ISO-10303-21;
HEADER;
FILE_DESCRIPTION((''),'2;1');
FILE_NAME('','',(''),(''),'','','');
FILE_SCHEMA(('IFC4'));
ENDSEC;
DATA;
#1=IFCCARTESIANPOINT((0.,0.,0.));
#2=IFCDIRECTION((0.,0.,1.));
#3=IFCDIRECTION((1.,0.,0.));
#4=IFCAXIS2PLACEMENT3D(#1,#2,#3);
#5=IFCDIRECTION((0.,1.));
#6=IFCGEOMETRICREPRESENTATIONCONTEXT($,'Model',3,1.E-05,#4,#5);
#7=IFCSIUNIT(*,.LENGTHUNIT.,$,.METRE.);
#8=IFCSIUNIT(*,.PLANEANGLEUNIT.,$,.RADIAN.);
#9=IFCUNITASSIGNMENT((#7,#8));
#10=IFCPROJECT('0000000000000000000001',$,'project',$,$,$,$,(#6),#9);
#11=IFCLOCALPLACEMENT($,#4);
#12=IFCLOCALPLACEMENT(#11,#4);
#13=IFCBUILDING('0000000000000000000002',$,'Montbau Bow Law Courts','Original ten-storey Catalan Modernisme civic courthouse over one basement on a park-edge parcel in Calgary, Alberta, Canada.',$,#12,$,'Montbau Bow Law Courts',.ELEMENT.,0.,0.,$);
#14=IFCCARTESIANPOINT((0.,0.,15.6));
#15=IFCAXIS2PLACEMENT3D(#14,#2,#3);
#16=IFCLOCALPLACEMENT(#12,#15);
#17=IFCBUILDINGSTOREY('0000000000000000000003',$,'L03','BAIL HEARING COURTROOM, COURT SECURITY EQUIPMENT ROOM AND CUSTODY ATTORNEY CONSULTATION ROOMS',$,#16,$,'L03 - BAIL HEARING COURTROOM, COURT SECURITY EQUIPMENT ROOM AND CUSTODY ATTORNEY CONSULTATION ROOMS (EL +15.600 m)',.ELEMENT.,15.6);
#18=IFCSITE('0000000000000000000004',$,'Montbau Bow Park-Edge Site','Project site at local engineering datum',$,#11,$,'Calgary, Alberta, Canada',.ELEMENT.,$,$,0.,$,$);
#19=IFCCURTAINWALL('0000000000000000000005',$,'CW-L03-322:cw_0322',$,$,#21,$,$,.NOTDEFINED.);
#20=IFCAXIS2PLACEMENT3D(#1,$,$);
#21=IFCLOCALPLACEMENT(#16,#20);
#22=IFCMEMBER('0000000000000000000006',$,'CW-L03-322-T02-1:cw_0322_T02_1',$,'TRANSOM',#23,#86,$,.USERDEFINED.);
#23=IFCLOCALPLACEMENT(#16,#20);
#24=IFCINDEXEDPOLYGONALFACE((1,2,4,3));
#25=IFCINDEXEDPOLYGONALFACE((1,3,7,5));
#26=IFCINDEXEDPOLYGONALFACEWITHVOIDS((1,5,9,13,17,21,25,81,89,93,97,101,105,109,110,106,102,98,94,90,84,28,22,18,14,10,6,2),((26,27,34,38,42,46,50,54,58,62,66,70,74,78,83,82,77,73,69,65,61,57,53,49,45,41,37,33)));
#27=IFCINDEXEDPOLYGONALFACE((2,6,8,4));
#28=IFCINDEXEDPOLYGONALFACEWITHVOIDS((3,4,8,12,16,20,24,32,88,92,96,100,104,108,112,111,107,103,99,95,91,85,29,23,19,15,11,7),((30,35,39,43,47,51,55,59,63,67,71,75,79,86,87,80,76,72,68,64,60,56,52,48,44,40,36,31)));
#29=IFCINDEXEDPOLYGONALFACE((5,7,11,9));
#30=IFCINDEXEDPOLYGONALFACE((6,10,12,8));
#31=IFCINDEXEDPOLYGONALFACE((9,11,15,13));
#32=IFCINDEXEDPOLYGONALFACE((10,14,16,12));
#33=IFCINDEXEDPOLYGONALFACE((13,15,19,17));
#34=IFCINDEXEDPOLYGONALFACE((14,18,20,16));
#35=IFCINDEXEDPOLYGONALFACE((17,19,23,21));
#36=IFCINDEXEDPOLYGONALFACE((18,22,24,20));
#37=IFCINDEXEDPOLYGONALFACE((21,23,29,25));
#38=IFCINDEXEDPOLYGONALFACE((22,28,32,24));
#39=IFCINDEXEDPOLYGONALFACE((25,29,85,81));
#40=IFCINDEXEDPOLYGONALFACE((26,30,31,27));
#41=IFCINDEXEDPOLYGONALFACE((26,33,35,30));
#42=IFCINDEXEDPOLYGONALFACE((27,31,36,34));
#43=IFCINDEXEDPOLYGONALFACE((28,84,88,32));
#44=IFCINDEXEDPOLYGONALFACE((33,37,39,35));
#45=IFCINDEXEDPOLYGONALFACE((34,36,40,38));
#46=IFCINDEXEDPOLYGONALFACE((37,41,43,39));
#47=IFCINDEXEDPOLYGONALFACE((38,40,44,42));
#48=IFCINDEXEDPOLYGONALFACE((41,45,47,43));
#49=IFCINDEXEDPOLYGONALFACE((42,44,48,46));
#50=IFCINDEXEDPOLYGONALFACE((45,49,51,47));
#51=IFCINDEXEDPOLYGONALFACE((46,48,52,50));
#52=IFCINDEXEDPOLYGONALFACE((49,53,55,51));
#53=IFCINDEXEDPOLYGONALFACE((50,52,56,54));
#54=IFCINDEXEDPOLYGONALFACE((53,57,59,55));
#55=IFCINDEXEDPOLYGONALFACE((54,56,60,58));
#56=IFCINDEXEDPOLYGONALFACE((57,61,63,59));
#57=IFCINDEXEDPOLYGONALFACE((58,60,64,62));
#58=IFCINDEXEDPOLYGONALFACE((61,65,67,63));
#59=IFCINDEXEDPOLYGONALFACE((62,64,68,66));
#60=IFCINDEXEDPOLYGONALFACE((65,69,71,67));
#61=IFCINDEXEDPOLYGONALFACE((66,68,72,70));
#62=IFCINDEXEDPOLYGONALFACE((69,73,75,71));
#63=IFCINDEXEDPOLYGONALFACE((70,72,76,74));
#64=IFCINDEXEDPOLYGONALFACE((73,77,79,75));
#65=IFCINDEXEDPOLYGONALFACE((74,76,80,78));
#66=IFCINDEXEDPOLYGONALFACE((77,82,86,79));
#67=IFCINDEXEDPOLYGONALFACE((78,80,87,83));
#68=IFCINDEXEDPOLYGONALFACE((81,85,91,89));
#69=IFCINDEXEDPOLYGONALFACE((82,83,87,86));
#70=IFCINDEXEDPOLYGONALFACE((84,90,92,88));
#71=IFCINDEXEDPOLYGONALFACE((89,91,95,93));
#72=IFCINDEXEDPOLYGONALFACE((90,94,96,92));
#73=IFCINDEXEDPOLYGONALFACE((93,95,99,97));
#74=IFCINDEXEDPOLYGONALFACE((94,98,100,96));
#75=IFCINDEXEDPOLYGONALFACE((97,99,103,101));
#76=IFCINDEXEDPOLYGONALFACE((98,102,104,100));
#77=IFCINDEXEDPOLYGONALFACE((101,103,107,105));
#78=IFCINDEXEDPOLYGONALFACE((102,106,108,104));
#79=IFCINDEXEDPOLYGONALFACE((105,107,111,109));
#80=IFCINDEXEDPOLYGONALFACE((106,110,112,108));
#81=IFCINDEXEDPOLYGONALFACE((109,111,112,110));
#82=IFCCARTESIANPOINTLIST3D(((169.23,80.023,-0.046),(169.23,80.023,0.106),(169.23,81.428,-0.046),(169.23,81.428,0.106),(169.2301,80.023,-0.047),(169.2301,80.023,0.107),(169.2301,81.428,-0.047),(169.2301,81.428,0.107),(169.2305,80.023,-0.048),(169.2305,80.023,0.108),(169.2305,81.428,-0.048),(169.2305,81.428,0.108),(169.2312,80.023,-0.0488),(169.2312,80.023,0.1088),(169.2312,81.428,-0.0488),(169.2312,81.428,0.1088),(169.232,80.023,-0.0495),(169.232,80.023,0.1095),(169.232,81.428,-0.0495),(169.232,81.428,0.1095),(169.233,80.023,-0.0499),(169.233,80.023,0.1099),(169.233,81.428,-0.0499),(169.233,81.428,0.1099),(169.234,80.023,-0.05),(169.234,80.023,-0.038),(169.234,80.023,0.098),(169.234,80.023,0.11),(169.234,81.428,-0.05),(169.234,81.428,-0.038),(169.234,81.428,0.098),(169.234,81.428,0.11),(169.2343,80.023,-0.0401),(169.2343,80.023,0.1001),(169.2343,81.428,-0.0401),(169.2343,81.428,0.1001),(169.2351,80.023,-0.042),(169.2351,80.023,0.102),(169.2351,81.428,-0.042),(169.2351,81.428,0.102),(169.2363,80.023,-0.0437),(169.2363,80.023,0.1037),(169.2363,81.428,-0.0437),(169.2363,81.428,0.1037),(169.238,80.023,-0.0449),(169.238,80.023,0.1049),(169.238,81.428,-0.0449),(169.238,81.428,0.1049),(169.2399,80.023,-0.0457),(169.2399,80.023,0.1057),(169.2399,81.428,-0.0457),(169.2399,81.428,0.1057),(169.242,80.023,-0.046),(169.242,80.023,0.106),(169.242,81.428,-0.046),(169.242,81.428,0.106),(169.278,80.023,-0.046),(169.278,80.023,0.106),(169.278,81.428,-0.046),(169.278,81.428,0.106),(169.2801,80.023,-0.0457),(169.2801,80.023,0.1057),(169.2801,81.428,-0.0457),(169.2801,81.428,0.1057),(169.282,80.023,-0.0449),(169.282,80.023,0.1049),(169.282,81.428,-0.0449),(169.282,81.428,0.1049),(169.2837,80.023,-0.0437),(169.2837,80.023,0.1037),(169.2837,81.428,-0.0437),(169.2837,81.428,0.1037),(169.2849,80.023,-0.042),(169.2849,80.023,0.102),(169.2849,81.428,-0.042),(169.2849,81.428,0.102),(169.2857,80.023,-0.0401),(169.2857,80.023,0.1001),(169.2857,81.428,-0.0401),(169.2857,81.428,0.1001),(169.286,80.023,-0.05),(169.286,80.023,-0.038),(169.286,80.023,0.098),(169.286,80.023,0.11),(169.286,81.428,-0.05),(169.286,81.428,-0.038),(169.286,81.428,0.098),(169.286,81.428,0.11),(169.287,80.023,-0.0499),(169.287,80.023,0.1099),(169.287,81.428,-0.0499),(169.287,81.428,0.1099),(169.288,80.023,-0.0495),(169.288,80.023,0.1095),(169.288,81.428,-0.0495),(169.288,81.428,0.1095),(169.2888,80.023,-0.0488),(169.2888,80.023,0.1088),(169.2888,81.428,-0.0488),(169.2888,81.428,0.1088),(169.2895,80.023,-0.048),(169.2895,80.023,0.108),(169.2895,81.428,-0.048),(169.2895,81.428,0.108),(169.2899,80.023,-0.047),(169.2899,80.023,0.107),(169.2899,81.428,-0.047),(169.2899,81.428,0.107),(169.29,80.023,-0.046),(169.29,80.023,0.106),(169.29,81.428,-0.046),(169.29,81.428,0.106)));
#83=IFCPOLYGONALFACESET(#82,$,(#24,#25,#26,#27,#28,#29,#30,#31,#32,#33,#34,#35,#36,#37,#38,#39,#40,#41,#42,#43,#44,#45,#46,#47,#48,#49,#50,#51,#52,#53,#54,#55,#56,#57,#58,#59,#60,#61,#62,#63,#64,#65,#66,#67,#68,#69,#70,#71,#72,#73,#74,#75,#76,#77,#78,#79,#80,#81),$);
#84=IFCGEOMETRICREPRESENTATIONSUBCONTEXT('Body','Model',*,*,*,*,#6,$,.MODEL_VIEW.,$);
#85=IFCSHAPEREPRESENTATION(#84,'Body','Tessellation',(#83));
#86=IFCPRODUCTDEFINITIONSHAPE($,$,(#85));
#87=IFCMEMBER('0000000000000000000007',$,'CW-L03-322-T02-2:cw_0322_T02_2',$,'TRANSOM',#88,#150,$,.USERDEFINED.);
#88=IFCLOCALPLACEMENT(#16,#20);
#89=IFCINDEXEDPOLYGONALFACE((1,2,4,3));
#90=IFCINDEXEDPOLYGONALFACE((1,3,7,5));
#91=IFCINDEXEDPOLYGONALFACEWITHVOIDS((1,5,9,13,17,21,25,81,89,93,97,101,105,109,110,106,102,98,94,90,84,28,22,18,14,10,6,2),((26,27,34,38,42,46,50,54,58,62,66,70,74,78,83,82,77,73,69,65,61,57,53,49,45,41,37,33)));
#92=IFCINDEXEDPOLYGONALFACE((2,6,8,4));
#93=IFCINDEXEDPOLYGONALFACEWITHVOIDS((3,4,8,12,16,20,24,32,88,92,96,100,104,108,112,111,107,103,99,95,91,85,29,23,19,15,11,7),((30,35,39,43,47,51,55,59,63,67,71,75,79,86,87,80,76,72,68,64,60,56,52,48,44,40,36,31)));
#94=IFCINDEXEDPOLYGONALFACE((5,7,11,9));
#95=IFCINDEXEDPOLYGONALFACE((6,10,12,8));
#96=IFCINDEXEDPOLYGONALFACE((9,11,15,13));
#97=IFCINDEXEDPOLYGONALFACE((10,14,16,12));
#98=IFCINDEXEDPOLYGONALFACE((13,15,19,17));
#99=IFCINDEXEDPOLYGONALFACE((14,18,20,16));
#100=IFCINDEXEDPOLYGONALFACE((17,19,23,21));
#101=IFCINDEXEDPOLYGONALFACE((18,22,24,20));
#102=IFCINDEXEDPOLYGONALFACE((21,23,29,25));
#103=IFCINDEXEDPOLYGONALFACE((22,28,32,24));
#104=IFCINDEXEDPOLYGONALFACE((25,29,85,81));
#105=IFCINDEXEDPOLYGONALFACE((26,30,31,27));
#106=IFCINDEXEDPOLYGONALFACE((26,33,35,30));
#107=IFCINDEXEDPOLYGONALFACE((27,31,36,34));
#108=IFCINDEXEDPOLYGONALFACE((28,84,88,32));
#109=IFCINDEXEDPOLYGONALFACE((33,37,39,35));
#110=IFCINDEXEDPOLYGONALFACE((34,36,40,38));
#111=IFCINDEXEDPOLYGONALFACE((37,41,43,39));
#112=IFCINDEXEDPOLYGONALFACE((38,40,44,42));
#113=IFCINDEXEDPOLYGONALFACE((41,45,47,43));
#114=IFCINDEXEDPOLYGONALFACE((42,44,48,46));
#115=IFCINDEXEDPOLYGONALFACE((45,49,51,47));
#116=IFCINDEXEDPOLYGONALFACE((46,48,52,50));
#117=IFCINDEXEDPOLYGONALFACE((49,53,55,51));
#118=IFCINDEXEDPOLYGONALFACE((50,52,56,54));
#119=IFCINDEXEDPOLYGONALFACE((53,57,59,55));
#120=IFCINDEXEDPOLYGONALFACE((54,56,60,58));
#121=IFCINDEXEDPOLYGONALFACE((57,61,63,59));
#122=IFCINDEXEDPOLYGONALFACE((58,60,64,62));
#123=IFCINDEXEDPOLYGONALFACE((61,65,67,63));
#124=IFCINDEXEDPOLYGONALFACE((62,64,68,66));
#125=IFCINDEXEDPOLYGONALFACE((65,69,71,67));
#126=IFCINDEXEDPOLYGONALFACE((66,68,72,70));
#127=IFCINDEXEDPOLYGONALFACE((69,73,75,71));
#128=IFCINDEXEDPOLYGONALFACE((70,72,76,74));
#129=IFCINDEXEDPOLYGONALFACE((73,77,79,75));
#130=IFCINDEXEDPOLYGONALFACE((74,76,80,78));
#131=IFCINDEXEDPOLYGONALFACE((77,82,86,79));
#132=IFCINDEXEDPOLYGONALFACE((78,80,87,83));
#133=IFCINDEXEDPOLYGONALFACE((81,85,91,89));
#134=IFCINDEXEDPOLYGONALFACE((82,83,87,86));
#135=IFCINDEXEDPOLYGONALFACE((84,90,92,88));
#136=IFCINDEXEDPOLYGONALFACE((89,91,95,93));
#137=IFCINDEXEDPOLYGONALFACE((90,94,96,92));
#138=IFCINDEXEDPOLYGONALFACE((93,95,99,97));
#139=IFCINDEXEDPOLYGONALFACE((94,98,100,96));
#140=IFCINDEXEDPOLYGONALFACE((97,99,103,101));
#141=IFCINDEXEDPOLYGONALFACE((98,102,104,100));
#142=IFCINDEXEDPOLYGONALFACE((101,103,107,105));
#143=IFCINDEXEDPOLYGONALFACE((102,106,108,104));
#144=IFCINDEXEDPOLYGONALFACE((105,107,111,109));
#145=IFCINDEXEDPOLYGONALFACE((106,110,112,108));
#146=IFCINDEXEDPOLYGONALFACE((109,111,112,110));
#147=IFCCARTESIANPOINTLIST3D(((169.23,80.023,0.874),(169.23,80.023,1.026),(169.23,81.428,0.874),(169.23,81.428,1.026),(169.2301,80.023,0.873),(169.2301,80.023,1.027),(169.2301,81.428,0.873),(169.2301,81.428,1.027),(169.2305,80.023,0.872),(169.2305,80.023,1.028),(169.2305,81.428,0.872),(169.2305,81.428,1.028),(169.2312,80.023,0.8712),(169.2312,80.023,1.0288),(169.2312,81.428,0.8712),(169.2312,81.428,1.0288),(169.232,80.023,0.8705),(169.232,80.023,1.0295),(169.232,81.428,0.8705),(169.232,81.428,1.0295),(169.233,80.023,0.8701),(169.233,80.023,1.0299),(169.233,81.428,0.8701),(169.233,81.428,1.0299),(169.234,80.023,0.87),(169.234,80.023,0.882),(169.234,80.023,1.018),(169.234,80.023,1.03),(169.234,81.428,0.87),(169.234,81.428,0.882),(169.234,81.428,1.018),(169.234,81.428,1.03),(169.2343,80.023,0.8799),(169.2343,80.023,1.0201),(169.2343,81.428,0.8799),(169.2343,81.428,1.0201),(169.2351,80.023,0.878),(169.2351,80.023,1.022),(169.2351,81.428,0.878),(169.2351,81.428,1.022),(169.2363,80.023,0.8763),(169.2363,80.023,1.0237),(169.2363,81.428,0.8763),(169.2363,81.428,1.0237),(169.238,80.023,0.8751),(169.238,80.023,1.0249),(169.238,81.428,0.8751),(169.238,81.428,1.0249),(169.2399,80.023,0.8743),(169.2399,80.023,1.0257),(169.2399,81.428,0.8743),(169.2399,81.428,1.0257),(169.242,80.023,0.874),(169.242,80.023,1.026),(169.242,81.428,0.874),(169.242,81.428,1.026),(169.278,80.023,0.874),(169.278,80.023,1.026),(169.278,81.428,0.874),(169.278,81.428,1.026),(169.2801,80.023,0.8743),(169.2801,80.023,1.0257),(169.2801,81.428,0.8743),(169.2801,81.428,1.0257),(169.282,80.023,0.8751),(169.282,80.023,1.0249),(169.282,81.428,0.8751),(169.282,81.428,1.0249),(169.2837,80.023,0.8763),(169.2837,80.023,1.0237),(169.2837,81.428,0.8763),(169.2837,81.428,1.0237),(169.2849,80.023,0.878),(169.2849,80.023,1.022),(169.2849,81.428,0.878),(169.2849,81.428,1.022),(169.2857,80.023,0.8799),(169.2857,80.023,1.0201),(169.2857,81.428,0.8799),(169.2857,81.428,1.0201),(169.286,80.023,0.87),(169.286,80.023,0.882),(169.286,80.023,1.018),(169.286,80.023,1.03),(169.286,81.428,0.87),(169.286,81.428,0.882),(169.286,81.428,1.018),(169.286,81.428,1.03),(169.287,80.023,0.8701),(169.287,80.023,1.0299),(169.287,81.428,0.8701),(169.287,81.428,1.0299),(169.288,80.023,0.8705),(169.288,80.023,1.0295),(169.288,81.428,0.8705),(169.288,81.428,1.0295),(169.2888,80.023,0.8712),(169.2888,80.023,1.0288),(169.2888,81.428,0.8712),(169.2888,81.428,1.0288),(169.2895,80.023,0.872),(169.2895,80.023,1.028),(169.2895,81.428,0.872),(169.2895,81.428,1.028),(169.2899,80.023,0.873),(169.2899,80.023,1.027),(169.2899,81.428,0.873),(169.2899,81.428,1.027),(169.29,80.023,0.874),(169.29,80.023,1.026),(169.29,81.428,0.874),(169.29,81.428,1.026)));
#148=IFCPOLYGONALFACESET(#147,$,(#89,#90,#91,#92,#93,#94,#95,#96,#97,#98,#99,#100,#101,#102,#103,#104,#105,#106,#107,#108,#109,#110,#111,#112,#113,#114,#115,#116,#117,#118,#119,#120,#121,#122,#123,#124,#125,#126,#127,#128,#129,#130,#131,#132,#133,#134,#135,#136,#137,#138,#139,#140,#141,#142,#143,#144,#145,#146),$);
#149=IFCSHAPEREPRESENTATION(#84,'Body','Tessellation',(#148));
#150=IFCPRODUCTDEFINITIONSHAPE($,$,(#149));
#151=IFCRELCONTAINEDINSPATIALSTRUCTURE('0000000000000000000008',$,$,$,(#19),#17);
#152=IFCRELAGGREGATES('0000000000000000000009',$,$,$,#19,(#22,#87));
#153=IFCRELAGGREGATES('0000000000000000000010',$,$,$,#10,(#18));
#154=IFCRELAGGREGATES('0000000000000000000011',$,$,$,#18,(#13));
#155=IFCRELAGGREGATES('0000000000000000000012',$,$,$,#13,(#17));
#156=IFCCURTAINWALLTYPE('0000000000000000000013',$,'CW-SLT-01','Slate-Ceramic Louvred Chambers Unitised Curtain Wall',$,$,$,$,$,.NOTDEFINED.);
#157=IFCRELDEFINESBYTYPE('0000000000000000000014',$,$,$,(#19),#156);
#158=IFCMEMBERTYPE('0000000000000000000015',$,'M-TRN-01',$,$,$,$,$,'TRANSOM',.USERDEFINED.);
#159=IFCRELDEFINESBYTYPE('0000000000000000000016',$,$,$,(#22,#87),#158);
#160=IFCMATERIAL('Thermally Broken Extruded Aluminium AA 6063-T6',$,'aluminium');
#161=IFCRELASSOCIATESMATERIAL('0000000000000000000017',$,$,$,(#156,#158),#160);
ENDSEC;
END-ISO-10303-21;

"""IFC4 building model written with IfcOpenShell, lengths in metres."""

from ifc_helpers import new_model, si_unit, direction, frame, origin_with_axes, origin_2d_with_axis, place, context, subcontext, project, spatial, hollow_rectangle, extrude, material, material_profile, profile_set, type_object, element, aggregate, save


model = new_model("IFC4")

# Units and contexts
model_context = context("Model", 3, precision=1e-05, world=origin_with_axes(), true_north=direction((0.0, 1.0)))
body_context = subcontext(model_context, "Body", "Model", "MODEL_VIEW")
ifc_project = project(units=[si_unit("LENGTHUNIT", "METRE"), si_unit("PLANEANGLEUNIT", "RADIAN")], contexts=[model_context])

# Site, building, storey
site_placement = place(None, origin_with_axes())
site = spatial("IfcSite", under=ifc_project, at=site_placement, Name="Montbau Bow Park-Edge Site", Description="Project site at local engineering datum", LongName="Calgary, Alberta, Canada", CompositionType="ELEMENT", RefElevation=0.0)
building_placement = place(site_placement, origin_with_axes())
building = spatial("IfcBuilding", under=site, at=building_placement, Name="Montbau Bow Law Courts", Description="Original ten-storey Catalan Modernisme civic courthouse over one basement on a park-edge parcel in Calgary, Alberta, Canada.", LongName="Montbau Bow Law Courts", CompositionType="ELEMENT", ElevationOfRefHeight=0.0, ElevationOfTerrain=0.0)
storey_placement = place(building_placement, frame((0.0, 0.0, 15.6), z_axis=(0.0, 0.0, 1.0), x_axis=(1.0, 0.0, 0.0)))
storey = spatial("IfcBuildingStorey", under=building, at=storey_placement, Name="L03", Description="BAIL HEARING COURTROOM, COURT SECURITY EQUIPMENT ROOM AND CUSTODY ATTORNEY CONSULTATION ROOMS", LongName="L03 - BAIL HEARING COURTROOM, COURT SECURITY EQUIPMENT ROOM AND CUSTODY ATTORNEY CONSULTATION ROOMS (EL +15.600 m)", CompositionType="ELEMENT", Elevation=15.6)

# Curtain wall, members
ifc_material_1 = material(Name="Thermally Broken Extruded Aluminium AA 6063-T6", Category="aluminium")
curtain_wall_type = type_object("IfcCurtainWallType", Name="CW-SLT-01", Description="Slate-Ceramic Louvred Chambers Unitised Curtain Wall", PredefinedType="NOTDEFINED", material=ifc_material_1)
curtain_wall_placement = place(None, frame((169.26, 78.515, 15.6), z_axis=(0.0, 0.0, 1.0), x_axis=(1.0, 0.0, 0.0)))
curtain_wall = element("IfcCurtainWall", 1, at=curtain_wall_placement, inside=storey, type_object=curtain_wall_type, Name="CW-L03-322:cw_0322", PredefinedType="NOTDEFINED")
ifc_material_profile_1 = material_profile(ifc_material_1, hollow_rectangle(XDim=0.06, YDim=0.16, WallThickness=0.004, InnerFilletRadius=0.008, OuterFilletRadius=0.004, at=origin_2d_with_axis()), Name="CWT-160X60", Category="Main", Priority=0)
ifc_profile_set_1 = profile_set([ifc_material_profile_1], Name="Thermally Broken Extruded Aluminium AA 6063-T6")
member_type_1 = type_object("IfcMemberType", Name="M-TRN-01", ElementType="TRANSOM", PredefinedType="USERDEFINED", material=ifc_profile_set_1)
member_1_placement = place(None, frame((169.26, 80.023, 15.63), z_axis=(0.0, 1.0, 0.0), x_axis=(-1.0, 0.0, 0.0)))
member_1 = element("IfcMember", 2, at=member_1_placement, type_object=member_type_1, Name="CW-L03-322-T02-1:cw_0322_T02_1", ObjectType="TRANSOM", PredefinedType="USERDEFINED", context=body_context, shape_type="SweptSolid", body=[
    extrude(hollow_rectangle(XDim=0.06, YDim=0.16, WallThickness=0.004, InnerFilletRadius=0.008, OuterFilletRadius=0.004, at=origin_2d_with_axis()), origin_with_axes(), (0.0, 0.0, 1.0), 1.405),
])
member_2_placement = place(None, frame((169.26, 80.023, 16.55), z_axis=(0.0, 1.0, 0.0), x_axis=(-1.0, 0.0, 0.0)))
member_2 = element("IfcMember", 3, at=member_2_placement, type_object=member_type_1, Name="CW-L03-322-T02-2:cw_0322_T02_2", ObjectType="TRANSOM", PredefinedType="USERDEFINED", context=body_context, shape_type="SweptSolid", body=[
    extrude(hollow_rectangle(XDim=0.06, YDim=0.16, WallThickness=0.004, InnerFilletRadius=0.008, OuterFilletRadius=0.004, at=origin_2d_with_axis()), origin_with_axes(), (0.0, 0.0, 1.0), 1.405),
])
aggregate(curtain_wall, [member_1, member_2])

save(model, "model.ifc")
